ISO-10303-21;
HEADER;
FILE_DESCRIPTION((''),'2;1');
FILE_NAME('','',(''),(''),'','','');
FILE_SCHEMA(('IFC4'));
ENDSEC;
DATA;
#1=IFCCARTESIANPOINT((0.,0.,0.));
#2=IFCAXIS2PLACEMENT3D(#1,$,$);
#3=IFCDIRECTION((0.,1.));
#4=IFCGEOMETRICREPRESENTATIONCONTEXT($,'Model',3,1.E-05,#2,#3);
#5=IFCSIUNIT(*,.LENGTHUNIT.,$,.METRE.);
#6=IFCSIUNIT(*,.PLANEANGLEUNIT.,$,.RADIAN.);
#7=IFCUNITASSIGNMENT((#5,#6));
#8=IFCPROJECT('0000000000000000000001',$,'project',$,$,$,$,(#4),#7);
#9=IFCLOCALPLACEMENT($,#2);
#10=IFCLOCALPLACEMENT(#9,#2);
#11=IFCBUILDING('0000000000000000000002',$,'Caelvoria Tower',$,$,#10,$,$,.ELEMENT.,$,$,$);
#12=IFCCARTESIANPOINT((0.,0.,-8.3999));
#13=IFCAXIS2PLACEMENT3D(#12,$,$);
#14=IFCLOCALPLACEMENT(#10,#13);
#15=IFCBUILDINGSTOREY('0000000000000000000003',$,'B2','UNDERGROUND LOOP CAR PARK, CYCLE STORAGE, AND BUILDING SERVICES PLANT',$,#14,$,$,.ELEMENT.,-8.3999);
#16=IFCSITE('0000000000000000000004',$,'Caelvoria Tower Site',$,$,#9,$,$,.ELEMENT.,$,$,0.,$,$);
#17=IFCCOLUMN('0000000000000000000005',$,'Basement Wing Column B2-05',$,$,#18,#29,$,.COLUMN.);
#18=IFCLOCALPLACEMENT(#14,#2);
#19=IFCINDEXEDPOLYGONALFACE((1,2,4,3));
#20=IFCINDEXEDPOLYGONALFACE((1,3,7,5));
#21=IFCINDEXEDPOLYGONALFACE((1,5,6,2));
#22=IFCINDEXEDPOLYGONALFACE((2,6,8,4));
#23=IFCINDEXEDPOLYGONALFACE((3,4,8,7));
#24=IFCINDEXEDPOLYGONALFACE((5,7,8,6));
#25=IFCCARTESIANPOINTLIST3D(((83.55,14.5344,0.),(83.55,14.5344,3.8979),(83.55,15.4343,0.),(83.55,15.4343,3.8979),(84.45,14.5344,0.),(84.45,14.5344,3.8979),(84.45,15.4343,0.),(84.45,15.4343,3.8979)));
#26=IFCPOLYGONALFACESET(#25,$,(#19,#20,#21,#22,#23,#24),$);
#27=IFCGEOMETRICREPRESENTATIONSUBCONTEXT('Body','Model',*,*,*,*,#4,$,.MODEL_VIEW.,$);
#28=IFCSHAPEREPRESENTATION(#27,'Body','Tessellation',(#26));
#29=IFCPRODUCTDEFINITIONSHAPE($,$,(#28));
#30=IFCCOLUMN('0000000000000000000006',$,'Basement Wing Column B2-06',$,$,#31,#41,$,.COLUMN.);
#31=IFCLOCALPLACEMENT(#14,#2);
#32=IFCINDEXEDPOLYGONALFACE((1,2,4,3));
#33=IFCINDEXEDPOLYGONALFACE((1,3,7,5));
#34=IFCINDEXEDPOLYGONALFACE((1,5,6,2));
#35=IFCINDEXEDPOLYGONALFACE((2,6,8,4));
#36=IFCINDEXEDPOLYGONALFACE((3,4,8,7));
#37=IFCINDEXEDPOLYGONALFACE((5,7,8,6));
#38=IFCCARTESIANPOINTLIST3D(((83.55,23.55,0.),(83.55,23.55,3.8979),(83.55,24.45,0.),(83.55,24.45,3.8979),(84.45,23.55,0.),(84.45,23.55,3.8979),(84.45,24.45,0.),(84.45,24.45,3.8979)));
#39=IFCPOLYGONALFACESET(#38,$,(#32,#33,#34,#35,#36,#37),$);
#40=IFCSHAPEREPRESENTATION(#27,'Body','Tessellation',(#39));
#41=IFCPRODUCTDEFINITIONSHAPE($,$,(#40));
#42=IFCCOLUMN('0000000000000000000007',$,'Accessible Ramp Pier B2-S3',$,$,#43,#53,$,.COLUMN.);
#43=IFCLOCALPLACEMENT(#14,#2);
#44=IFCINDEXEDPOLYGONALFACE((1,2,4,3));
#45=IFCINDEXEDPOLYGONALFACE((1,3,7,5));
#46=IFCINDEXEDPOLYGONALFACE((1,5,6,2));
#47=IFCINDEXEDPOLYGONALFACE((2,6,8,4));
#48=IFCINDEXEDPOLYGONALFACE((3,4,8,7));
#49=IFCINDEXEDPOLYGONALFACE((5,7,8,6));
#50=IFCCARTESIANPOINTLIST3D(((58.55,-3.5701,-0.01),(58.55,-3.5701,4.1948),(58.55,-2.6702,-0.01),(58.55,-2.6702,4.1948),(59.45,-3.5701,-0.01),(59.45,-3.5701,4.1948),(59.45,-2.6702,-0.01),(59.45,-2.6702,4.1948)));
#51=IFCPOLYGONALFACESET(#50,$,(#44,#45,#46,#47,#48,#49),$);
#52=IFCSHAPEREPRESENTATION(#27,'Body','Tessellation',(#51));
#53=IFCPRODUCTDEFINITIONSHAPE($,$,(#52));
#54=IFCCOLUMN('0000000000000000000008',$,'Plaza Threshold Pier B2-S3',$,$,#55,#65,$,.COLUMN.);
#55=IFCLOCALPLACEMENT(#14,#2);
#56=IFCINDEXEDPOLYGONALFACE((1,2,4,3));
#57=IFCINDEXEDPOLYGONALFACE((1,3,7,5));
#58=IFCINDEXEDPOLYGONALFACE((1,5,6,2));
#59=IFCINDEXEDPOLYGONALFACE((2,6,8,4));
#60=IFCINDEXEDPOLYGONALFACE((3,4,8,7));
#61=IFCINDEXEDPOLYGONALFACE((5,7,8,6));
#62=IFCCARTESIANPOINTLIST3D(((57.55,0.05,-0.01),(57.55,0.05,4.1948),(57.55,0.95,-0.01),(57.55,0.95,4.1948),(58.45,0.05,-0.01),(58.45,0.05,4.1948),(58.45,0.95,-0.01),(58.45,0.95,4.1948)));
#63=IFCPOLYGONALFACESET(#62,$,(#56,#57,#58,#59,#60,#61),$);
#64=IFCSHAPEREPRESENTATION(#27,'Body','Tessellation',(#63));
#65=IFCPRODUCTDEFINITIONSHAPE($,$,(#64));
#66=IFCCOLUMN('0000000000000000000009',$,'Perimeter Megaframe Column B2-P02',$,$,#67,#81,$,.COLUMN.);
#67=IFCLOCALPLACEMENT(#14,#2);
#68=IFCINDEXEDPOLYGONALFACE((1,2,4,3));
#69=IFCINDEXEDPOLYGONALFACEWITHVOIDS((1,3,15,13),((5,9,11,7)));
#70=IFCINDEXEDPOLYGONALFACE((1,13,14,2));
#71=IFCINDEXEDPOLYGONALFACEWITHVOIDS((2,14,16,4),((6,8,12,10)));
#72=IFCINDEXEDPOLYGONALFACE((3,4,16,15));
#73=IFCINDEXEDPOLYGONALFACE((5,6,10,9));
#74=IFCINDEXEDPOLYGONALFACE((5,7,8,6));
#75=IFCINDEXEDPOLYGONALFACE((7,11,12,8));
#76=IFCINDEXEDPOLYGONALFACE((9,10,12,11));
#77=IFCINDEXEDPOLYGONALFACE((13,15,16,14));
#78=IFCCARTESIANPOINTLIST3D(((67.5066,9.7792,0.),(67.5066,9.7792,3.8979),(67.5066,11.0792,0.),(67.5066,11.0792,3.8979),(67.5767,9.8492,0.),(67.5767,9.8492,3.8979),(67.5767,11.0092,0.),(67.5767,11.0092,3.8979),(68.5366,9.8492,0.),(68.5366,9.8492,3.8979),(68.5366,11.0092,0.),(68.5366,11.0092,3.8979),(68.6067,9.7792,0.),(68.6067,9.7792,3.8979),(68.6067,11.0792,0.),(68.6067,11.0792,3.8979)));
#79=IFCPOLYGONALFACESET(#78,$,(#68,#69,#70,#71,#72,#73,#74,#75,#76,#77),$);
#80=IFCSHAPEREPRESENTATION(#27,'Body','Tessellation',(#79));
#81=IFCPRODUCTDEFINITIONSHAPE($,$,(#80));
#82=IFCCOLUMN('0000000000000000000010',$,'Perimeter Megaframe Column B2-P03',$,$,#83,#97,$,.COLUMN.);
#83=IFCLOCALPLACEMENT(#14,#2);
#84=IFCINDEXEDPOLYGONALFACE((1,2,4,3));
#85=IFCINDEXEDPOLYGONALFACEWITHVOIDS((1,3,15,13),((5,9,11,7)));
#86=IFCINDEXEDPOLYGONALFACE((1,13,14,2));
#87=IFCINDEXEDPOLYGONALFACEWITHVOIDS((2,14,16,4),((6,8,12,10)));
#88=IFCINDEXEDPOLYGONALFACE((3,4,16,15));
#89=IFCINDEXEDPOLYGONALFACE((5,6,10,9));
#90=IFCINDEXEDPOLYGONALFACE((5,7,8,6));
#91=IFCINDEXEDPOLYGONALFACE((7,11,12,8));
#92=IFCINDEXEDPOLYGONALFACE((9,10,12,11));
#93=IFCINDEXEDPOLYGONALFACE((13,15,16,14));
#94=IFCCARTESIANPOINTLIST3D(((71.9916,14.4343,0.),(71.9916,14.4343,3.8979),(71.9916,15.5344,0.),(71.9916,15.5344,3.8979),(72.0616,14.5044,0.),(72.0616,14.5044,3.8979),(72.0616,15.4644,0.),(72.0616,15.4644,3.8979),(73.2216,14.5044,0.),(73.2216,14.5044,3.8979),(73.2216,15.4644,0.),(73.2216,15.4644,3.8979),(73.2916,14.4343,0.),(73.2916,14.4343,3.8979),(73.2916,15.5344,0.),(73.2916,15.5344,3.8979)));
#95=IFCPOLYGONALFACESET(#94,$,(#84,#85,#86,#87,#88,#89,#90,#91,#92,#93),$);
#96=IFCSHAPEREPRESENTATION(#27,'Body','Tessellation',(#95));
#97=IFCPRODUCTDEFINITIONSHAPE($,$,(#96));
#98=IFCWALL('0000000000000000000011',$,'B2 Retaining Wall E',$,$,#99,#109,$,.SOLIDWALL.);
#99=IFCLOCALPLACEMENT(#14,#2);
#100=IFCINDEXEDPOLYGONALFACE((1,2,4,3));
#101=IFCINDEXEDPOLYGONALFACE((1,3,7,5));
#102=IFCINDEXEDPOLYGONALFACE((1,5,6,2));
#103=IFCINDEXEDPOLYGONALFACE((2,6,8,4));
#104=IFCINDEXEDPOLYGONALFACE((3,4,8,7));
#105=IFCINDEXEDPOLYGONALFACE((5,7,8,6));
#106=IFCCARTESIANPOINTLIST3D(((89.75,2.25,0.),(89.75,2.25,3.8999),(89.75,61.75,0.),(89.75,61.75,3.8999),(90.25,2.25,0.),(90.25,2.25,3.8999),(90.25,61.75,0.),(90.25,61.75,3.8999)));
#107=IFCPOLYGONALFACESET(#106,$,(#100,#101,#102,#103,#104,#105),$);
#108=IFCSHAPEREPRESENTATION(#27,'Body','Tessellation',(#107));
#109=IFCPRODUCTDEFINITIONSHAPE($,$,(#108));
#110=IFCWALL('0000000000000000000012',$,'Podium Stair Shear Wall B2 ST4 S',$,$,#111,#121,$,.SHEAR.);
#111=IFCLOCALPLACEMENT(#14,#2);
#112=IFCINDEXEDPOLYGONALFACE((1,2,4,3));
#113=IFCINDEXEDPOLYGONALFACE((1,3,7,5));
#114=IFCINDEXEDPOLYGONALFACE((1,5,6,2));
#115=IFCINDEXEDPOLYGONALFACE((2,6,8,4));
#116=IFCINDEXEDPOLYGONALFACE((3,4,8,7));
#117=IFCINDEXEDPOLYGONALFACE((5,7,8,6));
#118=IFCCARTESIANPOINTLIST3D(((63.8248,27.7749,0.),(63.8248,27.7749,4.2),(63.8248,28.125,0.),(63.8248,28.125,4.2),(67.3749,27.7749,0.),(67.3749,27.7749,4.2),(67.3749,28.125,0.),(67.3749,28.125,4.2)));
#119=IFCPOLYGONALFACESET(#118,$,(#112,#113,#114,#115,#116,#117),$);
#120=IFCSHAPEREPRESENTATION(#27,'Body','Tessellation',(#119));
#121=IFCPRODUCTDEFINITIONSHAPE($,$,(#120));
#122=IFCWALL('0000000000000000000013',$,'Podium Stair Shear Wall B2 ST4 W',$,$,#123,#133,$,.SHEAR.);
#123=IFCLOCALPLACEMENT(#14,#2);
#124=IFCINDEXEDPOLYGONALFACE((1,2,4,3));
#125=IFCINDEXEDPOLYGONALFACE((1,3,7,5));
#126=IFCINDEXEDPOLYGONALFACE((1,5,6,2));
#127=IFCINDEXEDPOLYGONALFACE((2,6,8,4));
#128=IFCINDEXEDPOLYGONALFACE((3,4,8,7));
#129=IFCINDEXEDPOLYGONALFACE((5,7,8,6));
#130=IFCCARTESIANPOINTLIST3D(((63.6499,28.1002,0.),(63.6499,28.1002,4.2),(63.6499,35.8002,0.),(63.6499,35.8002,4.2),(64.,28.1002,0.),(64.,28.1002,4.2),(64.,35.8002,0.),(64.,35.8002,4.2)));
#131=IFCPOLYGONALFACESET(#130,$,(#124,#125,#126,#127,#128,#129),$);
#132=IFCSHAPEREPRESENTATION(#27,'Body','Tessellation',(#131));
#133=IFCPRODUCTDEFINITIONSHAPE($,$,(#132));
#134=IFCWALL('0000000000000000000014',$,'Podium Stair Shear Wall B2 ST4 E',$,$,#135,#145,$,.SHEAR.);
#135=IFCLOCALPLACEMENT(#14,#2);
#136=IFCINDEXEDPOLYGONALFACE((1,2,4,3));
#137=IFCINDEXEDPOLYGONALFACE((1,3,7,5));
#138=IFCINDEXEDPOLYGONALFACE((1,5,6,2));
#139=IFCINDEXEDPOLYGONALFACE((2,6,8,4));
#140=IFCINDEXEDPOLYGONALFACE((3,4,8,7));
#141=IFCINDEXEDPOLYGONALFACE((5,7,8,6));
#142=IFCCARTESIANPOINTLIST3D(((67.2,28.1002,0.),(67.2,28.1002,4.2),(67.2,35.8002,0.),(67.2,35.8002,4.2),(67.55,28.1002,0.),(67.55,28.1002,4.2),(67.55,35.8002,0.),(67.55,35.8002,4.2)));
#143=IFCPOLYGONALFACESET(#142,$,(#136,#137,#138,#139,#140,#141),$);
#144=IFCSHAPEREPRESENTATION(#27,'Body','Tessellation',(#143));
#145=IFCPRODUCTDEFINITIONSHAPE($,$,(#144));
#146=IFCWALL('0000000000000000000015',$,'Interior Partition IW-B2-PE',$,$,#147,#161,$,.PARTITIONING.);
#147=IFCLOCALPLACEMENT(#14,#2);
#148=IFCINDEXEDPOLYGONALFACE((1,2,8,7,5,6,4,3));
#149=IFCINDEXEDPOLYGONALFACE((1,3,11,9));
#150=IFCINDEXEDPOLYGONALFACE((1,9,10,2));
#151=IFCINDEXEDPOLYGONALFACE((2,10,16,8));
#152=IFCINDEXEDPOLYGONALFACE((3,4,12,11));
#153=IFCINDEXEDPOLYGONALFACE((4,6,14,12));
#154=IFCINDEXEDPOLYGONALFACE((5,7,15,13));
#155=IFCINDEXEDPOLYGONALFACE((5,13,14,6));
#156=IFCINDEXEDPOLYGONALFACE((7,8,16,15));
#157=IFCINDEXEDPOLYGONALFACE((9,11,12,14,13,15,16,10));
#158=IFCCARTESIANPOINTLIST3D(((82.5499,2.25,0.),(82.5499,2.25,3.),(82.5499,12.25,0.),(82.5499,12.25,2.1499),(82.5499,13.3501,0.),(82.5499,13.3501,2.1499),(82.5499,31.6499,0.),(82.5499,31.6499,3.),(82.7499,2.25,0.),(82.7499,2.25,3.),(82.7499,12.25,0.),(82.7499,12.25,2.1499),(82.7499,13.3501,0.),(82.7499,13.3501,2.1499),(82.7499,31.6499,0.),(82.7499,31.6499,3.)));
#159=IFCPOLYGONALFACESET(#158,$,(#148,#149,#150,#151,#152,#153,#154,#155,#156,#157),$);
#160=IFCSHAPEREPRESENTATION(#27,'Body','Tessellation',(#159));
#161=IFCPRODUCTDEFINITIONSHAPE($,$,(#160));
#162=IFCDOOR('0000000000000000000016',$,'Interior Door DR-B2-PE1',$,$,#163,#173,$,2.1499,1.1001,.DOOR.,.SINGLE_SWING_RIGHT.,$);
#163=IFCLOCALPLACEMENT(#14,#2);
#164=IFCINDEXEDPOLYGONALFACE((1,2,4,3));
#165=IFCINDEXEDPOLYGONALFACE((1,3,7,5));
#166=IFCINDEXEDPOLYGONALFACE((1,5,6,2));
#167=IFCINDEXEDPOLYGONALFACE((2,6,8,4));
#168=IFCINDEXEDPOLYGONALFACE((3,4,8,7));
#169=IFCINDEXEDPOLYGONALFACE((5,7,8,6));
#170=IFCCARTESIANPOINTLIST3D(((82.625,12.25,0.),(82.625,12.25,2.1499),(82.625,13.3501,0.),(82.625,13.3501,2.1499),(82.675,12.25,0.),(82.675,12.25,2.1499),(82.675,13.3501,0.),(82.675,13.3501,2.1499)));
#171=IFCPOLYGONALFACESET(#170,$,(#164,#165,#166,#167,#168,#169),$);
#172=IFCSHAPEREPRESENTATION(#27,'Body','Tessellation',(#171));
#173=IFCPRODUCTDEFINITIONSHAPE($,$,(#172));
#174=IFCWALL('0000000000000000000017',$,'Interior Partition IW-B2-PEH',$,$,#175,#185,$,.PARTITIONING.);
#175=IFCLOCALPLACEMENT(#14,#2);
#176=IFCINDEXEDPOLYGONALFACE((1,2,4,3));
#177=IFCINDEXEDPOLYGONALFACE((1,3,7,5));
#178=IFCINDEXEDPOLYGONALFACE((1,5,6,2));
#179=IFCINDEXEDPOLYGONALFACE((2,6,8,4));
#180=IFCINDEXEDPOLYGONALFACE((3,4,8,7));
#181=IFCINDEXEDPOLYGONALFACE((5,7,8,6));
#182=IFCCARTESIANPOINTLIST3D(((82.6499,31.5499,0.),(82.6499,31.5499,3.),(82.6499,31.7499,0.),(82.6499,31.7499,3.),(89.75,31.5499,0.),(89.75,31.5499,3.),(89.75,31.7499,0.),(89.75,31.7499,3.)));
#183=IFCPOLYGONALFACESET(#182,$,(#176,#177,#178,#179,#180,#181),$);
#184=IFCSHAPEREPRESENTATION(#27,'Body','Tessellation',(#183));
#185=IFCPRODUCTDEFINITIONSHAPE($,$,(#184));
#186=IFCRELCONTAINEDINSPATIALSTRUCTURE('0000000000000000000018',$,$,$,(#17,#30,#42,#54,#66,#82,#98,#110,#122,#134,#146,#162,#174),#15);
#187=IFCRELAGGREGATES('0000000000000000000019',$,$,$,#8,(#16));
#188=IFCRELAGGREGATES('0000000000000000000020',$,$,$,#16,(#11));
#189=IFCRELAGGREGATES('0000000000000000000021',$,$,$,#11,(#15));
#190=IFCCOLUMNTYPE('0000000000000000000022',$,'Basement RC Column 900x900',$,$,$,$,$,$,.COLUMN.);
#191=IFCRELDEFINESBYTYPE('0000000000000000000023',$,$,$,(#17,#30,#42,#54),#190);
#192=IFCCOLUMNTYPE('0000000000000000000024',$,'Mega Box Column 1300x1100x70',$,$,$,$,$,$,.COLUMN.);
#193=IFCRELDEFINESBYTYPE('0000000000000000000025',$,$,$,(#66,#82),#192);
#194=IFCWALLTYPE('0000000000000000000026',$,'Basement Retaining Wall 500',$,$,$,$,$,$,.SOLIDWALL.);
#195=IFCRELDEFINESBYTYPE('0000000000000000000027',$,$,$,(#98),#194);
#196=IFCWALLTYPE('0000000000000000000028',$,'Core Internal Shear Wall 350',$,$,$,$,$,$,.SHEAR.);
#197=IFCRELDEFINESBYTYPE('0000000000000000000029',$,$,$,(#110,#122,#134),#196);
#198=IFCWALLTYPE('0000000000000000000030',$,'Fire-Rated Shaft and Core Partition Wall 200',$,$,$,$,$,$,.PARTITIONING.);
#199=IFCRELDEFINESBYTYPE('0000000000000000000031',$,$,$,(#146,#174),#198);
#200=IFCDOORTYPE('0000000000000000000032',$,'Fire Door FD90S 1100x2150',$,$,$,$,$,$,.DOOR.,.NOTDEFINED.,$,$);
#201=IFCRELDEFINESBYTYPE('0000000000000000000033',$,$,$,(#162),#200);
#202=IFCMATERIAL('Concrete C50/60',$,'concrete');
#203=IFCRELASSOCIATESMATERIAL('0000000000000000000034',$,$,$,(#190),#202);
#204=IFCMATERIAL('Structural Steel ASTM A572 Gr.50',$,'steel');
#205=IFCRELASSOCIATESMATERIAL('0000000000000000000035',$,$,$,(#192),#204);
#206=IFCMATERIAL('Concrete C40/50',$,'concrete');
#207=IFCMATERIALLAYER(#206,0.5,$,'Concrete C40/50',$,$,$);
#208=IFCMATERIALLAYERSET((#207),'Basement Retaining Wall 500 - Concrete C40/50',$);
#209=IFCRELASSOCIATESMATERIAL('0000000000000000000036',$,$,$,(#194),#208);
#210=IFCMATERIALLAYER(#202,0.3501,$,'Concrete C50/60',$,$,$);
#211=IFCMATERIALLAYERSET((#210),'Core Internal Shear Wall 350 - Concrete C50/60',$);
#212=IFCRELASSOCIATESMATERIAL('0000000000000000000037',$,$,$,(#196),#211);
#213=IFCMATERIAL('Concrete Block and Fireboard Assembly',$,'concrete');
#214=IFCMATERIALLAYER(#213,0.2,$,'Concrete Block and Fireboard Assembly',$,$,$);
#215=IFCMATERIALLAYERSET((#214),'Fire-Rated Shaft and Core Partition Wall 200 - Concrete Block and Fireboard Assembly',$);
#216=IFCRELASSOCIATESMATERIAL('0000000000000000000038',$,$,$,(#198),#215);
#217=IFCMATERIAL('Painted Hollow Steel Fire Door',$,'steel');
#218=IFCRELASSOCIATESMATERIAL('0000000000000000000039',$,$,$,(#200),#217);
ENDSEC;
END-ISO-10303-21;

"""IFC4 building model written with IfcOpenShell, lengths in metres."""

from ifc_helpers import new_model, si_unit, direction, frame, frame_2d, origin, origin_2d, place, context, subcontext, project, spatial, rectangle, hollow_rectangle, extrude, material, layer, layer_set, material_profile, profile_set, type_object, element, fill, save


model = new_model("IFC4")

# Units and contexts
model_context = context("Model", 3, precision=1e-05, world=origin(), true_north=direction((0.0, 1.0)))
body_context = subcontext(model_context, "Body", "Model", "MODEL_VIEW")
ifc_project = project(units=[si_unit("LENGTHUNIT", "METRE"), si_unit("PLANEANGLEUNIT", "RADIAN")], contexts=[model_context])

# Site, building, storey
site_placement = place(None, origin())
site = spatial("IfcSite", under=ifc_project, at=site_placement, Name="Caelvoria Tower Site", CompositionType="ELEMENT", RefElevation=0.0)
building_placement = place(site_placement, origin())
building = spatial("IfcBuilding", under=site, at=building_placement, Name="Caelvoria Tower", CompositionType="ELEMENT")
storey_placement = place(building_placement, frame((0.0, 0.0, -8.3999)))
storey = spatial("IfcBuildingStorey", under=building, at=storey_placement, Name="B2", Description="UNDERGROUND LOOP CAR PARK, CYCLE STORAGE, AND BUILDING SERVICES PLANT", CompositionType="ELEMENT", Elevation=-8.3999)

# Shared definitions
ifc_material_1 = material(Name="Concrete C40/50", Category="concrete")

# Columns
ifc_material_2 = material(Name="Concrete C50/60", Category="concrete")
ifc_material_profile_1 = material_profile(ifc_material_2, rectangle(XDim=0.8999, YDim=0.8999, at=origin_2d()), Name="Concrete C50/60")
ifc_profile_set_1 = profile_set([ifc_material_profile_1], Name="RC_COL_900X900 - Concrete C50/60")
column_type_1 = type_object("IfcColumnType", Name="Basement RC Column 900x900", PredefinedType="COLUMN", material=ifc_profile_set_1)
for number, where, z_axis, x_axis, name in (
    (1, (84.0, 14.9844, 0.0), (0.0, 0.0, 1.0), (1.0, 0.0, 0.0), "Basement Wing Column B2-05"),
    (2, (84.0, 24.0, 0.0), (0.0, 0.0, 1.0), (1.0, 0.0, 0.0), "Basement Wing Column B2-06"),
):
    element("IfcColumn", number, at=place(storey_placement, frame(where, z_axis=z_axis, x_axis=x_axis)), inside=storey, type_object=column_type_1, Name=name, PredefinedType="COLUMN", context=body_context, shape_type="SweptSolid", body=[
        extrude(rectangle(XDim=0.8999, YDim=0.8999, at=origin_2d()), origin(), (0.0, 0.0, 1.0), 3.8979),
    ])
for number, where, z_axis, x_axis, name in (
    (3, (59.0, -3.1201, -0.01), (0.0, 0.0, 1.0), (1.0, 0.0, 0.0), "Accessible Ramp Pier B2-S3"),
    (4, (58.0, 0.5, -0.01), (0.0, 0.0, 1.0), (1.0, 0.0, 0.0), "Plaza Threshold Pier B2-S3"),
):
    element("IfcColumn", number, at=place(storey_placement, frame(where, z_axis=z_axis, x_axis=x_axis)), inside=storey, type_object=column_type_1, Name=name, PredefinedType="COLUMN", context=body_context, shape_type="SweptSolid", body=[
        extrude(rectangle(XDim=0.8999, YDim=0.8999, at=origin_2d()), origin(), (0.0, 0.0, 1.0), 4.2048),
    ])
ifc_material_3 = material(Name="Structural Steel ASTM A572 Gr.50", Category="steel")
ifc_material_profile_2 = material_profile(ifc_material_3, hollow_rectangle(XDim=1.1001, YDim=1.3, WallThickness=0.0701, at=origin_2d()), Name="Structural Steel ASTM A572 Gr.50")
ifc_profile_set_2 = profile_set([ifc_material_profile_2], Name="BOX1300X1100X70 - Structural Steel ASTM A572 Gr.50")
column_type_2 = type_object("IfcColumnType", Name="Mega Box Column 1300x1100x70", PredefinedType="COLUMN", material=ifc_profile_set_2)
for number, where, z_axis, x_axis, name in (
    (5, (68.0566, 10.4292, 0.0), (0.0, 0.0, 1.0), (1.0, 0.0, 0.0), "Perimeter Megaframe Column B2-P02"),
    (6, (72.6416, 14.9844, 0.0), (0.0, 0.0, 1.0), (0.0, 1.0, 0.0), "Perimeter Megaframe Column B2-P03"),
):
    element("IfcColumn", number, at=place(storey_placement, frame(where, z_axis=z_axis, x_axis=x_axis)), inside=storey, type_object=column_type_2, Name=name, PredefinedType="COLUMN", context=body_context, shape_type="SweptSolid", body=[
        extrude(hollow_rectangle(XDim=1.1001, YDim=1.3, WallThickness=0.0701, at=origin_2d()), origin(), (0.0, 0.0, 1.0), 3.8979),
    ])

# Walls
ifc_layer_1 = layer(ifc_material_1, 0.5, Name="Concrete C40/50")
ifc_layer_set_1 = layer_set([ifc_layer_1], Name="Basement Retaining Wall 500 - Concrete C40/50")
wall_type_1 = type_object("IfcWallType", Name="Basement Retaining Wall 500", PredefinedType="SOLIDWALL", material=ifc_layer_set_1)
wall_1_placement = place(storey_placement, frame((90.0, 2.25, 0.0), z_axis=(0.0, 0.0, 1.0), x_axis=(0.0, 1.0, 0.0)))
element("IfcWall", 7, at=wall_1_placement, inside=storey, type_object=wall_type_1, Name="B2 Retaining Wall E", PredefinedType="SOLIDWALL", context=body_context, shape_type="SweptSolid", body=[
    extrude(rectangle(XDim=59.5, YDim=0.5, at=frame_2d((29.75, 0.0))), origin(), (0.0, 0.0, 1.0), 3.8999),
])
ifc_layer_2 = layer(ifc_material_2, 0.3501, Name="Concrete C50/60")
ifc_layer_set_2 = layer_set([ifc_layer_2], Name="Core Internal Shear Wall 350 - Concrete C50/60")
wall_type_2 = type_object("IfcWallType", Name="Core Internal Shear Wall 350", PredefinedType="SHEAR", material=ifc_layer_set_2)
wall_2_placement = place(storey_placement, frame((63.825, 27.95, 0.0), z_axis=(0.0, 0.0, 1.0), x_axis=(1.0, 0.0, 0.0)))
element("IfcWall", 8, at=wall_2_placement, inside=storey, type_object=wall_type_2, Name="Podium Stair Shear Wall B2 ST4 S", PredefinedType="SHEAR", context=body_context, shape_type="SweptSolid", body=[
    extrude(rectangle(XDim=3.55, YDim=0.3501, at=frame_2d((1.7749, 0.0))), origin(), (0.0, 0.0, 1.0), 4.2),
])
for number, where, z_axis, x_axis, name in (
    (9, (63.825, 28.1001, 0.0), (0.0, 0.0, 1.0), (0.0, 1.0, 0.0), "Podium Stair Shear Wall B2 ST4 W"),
    (10, (67.375, 28.1001, 0.0), (0.0, 0.0, 1.0), (0.0, 1.0, 0.0), "Podium Stair Shear Wall B2 ST4 E"),
):
    element("IfcWall", number, at=place(storey_placement, frame(where, z_axis=z_axis, x_axis=x_axis)), inside=storey, type_object=wall_type_2, Name=name, PredefinedType="SHEAR", context=body_context, shape_type="SweptSolid", body=[
        extrude(rectangle(XDim=7.7, YDim=0.3501, at=frame_2d((3.8501, 0.0))), origin(), (0.0, 0.0, 1.0), 4.2),
    ])

# Wall, opening, door
ifc_material_4 = material(Name="Concrete Block and Fireboard Assembly", Category="concrete")
ifc_layer_3 = layer(ifc_material_4, 0.2, Name="Concrete Block and Fireboard Assembly")
ifc_layer_set_3 = layer_set([ifc_layer_3], Name="Fire-Rated Shaft and Core Partition Wall 200 - Concrete Block and Fireboard Assembly")
wall_type_3 = type_object("IfcWallType", Name="Fire-Rated Shaft and Core Partition Wall 200", PredefinedType="PARTITIONING", material=ifc_layer_set_3)
wall_3_placement = place(storey_placement, frame((82.6499, 2.25, 0.0), z_axis=(0.0, 0.0, 1.0), x_axis=(0.0, 1.0, 0.0)))
wall_3 = element("IfcWall", 11, at=wall_3_placement, inside=storey, type_object=wall_type_3, Name="Interior Partition IW-B2-PE", PredefinedType="PARTITIONING", context=body_context, shape_type="SweptSolid", body=[
    extrude(rectangle(XDim=29.3999, YDim=0.2, at=frame_2d((14.7, 0.0))), origin(), (0.0, 0.0, 1.0), 3.0),
])
opening_1_placement = place(wall_3_placement, frame((10.0, 0.0, 0.0)))
opening_1 = element("IfcOpeningElement", 12, at=opening_1_placement, cuts=wall_3, PredefinedType="OPENING", context=body_context, shape_type="SweptSolid", body=[
    extrude(rectangle(XDim=1.1001, YDim=2.1499, at=frame_2d((0.55, 1.075))), frame((0.0, 0.1099, 0.0), z_axis=(0.0, -1.0, 0.0), x_axis=(1.0, 0.0, 0.0)), (0.0, 0.0, 1.0), 0.22),
])
ifc_material_5 = material(Name="Painted Hollow Steel Fire Door", Category="steel")
door_type_1 = type_object("IfcDoorType", Name="Fire Door FD90S 1100x2150", OperationType="NOTDEFINED", PredefinedType="DOOR", material=ifc_material_5)
door_1_placement = place(opening_1_placement, origin())
door_1 = element("IfcDoor", 13, at=door_1_placement, inside=storey, type_object=door_type_1, Name="Interior Door DR-B2-PE1", OperationType="SINGLE_SWING_RIGHT", OverallHeight=2.1499, OverallWidth=1.1001, PredefinedType="DOOR", context=body_context, shape_type="SweptSolid", body=[
    extrude(rectangle(XDim=1.1001, YDim=2.1499, at=frame_2d((0.55, 1.075))), frame((0.0, 0.0249, 0.0), z_axis=(0.0, -1.0, 0.0), x_axis=(1.0, 0.0, 0.0)), (0.0, 0.0, 1.0), 0.05),
])
fill(opening_1, door_1)

# Wall
wall_4_placement = place(storey_placement, frame((82.6499, 31.6499, 0.0), z_axis=(0.0, 0.0, 1.0), x_axis=(1.0, 0.0, 0.0)))
element("IfcWall", 14, at=wall_4_placement, inside=storey, type_object=wall_type_3, Name="Interior Partition IW-B2-PEH", PredefinedType="PARTITIONING", context=body_context, shape_type="SweptSolid", body=[
    extrude(rectangle(XDim=7.1001, YDim=0.2, at=frame_2d((3.55, 0.0))), origin(), (0.0, 0.0, 1.0), 3.0),
])

save(model, "model.ifc")
